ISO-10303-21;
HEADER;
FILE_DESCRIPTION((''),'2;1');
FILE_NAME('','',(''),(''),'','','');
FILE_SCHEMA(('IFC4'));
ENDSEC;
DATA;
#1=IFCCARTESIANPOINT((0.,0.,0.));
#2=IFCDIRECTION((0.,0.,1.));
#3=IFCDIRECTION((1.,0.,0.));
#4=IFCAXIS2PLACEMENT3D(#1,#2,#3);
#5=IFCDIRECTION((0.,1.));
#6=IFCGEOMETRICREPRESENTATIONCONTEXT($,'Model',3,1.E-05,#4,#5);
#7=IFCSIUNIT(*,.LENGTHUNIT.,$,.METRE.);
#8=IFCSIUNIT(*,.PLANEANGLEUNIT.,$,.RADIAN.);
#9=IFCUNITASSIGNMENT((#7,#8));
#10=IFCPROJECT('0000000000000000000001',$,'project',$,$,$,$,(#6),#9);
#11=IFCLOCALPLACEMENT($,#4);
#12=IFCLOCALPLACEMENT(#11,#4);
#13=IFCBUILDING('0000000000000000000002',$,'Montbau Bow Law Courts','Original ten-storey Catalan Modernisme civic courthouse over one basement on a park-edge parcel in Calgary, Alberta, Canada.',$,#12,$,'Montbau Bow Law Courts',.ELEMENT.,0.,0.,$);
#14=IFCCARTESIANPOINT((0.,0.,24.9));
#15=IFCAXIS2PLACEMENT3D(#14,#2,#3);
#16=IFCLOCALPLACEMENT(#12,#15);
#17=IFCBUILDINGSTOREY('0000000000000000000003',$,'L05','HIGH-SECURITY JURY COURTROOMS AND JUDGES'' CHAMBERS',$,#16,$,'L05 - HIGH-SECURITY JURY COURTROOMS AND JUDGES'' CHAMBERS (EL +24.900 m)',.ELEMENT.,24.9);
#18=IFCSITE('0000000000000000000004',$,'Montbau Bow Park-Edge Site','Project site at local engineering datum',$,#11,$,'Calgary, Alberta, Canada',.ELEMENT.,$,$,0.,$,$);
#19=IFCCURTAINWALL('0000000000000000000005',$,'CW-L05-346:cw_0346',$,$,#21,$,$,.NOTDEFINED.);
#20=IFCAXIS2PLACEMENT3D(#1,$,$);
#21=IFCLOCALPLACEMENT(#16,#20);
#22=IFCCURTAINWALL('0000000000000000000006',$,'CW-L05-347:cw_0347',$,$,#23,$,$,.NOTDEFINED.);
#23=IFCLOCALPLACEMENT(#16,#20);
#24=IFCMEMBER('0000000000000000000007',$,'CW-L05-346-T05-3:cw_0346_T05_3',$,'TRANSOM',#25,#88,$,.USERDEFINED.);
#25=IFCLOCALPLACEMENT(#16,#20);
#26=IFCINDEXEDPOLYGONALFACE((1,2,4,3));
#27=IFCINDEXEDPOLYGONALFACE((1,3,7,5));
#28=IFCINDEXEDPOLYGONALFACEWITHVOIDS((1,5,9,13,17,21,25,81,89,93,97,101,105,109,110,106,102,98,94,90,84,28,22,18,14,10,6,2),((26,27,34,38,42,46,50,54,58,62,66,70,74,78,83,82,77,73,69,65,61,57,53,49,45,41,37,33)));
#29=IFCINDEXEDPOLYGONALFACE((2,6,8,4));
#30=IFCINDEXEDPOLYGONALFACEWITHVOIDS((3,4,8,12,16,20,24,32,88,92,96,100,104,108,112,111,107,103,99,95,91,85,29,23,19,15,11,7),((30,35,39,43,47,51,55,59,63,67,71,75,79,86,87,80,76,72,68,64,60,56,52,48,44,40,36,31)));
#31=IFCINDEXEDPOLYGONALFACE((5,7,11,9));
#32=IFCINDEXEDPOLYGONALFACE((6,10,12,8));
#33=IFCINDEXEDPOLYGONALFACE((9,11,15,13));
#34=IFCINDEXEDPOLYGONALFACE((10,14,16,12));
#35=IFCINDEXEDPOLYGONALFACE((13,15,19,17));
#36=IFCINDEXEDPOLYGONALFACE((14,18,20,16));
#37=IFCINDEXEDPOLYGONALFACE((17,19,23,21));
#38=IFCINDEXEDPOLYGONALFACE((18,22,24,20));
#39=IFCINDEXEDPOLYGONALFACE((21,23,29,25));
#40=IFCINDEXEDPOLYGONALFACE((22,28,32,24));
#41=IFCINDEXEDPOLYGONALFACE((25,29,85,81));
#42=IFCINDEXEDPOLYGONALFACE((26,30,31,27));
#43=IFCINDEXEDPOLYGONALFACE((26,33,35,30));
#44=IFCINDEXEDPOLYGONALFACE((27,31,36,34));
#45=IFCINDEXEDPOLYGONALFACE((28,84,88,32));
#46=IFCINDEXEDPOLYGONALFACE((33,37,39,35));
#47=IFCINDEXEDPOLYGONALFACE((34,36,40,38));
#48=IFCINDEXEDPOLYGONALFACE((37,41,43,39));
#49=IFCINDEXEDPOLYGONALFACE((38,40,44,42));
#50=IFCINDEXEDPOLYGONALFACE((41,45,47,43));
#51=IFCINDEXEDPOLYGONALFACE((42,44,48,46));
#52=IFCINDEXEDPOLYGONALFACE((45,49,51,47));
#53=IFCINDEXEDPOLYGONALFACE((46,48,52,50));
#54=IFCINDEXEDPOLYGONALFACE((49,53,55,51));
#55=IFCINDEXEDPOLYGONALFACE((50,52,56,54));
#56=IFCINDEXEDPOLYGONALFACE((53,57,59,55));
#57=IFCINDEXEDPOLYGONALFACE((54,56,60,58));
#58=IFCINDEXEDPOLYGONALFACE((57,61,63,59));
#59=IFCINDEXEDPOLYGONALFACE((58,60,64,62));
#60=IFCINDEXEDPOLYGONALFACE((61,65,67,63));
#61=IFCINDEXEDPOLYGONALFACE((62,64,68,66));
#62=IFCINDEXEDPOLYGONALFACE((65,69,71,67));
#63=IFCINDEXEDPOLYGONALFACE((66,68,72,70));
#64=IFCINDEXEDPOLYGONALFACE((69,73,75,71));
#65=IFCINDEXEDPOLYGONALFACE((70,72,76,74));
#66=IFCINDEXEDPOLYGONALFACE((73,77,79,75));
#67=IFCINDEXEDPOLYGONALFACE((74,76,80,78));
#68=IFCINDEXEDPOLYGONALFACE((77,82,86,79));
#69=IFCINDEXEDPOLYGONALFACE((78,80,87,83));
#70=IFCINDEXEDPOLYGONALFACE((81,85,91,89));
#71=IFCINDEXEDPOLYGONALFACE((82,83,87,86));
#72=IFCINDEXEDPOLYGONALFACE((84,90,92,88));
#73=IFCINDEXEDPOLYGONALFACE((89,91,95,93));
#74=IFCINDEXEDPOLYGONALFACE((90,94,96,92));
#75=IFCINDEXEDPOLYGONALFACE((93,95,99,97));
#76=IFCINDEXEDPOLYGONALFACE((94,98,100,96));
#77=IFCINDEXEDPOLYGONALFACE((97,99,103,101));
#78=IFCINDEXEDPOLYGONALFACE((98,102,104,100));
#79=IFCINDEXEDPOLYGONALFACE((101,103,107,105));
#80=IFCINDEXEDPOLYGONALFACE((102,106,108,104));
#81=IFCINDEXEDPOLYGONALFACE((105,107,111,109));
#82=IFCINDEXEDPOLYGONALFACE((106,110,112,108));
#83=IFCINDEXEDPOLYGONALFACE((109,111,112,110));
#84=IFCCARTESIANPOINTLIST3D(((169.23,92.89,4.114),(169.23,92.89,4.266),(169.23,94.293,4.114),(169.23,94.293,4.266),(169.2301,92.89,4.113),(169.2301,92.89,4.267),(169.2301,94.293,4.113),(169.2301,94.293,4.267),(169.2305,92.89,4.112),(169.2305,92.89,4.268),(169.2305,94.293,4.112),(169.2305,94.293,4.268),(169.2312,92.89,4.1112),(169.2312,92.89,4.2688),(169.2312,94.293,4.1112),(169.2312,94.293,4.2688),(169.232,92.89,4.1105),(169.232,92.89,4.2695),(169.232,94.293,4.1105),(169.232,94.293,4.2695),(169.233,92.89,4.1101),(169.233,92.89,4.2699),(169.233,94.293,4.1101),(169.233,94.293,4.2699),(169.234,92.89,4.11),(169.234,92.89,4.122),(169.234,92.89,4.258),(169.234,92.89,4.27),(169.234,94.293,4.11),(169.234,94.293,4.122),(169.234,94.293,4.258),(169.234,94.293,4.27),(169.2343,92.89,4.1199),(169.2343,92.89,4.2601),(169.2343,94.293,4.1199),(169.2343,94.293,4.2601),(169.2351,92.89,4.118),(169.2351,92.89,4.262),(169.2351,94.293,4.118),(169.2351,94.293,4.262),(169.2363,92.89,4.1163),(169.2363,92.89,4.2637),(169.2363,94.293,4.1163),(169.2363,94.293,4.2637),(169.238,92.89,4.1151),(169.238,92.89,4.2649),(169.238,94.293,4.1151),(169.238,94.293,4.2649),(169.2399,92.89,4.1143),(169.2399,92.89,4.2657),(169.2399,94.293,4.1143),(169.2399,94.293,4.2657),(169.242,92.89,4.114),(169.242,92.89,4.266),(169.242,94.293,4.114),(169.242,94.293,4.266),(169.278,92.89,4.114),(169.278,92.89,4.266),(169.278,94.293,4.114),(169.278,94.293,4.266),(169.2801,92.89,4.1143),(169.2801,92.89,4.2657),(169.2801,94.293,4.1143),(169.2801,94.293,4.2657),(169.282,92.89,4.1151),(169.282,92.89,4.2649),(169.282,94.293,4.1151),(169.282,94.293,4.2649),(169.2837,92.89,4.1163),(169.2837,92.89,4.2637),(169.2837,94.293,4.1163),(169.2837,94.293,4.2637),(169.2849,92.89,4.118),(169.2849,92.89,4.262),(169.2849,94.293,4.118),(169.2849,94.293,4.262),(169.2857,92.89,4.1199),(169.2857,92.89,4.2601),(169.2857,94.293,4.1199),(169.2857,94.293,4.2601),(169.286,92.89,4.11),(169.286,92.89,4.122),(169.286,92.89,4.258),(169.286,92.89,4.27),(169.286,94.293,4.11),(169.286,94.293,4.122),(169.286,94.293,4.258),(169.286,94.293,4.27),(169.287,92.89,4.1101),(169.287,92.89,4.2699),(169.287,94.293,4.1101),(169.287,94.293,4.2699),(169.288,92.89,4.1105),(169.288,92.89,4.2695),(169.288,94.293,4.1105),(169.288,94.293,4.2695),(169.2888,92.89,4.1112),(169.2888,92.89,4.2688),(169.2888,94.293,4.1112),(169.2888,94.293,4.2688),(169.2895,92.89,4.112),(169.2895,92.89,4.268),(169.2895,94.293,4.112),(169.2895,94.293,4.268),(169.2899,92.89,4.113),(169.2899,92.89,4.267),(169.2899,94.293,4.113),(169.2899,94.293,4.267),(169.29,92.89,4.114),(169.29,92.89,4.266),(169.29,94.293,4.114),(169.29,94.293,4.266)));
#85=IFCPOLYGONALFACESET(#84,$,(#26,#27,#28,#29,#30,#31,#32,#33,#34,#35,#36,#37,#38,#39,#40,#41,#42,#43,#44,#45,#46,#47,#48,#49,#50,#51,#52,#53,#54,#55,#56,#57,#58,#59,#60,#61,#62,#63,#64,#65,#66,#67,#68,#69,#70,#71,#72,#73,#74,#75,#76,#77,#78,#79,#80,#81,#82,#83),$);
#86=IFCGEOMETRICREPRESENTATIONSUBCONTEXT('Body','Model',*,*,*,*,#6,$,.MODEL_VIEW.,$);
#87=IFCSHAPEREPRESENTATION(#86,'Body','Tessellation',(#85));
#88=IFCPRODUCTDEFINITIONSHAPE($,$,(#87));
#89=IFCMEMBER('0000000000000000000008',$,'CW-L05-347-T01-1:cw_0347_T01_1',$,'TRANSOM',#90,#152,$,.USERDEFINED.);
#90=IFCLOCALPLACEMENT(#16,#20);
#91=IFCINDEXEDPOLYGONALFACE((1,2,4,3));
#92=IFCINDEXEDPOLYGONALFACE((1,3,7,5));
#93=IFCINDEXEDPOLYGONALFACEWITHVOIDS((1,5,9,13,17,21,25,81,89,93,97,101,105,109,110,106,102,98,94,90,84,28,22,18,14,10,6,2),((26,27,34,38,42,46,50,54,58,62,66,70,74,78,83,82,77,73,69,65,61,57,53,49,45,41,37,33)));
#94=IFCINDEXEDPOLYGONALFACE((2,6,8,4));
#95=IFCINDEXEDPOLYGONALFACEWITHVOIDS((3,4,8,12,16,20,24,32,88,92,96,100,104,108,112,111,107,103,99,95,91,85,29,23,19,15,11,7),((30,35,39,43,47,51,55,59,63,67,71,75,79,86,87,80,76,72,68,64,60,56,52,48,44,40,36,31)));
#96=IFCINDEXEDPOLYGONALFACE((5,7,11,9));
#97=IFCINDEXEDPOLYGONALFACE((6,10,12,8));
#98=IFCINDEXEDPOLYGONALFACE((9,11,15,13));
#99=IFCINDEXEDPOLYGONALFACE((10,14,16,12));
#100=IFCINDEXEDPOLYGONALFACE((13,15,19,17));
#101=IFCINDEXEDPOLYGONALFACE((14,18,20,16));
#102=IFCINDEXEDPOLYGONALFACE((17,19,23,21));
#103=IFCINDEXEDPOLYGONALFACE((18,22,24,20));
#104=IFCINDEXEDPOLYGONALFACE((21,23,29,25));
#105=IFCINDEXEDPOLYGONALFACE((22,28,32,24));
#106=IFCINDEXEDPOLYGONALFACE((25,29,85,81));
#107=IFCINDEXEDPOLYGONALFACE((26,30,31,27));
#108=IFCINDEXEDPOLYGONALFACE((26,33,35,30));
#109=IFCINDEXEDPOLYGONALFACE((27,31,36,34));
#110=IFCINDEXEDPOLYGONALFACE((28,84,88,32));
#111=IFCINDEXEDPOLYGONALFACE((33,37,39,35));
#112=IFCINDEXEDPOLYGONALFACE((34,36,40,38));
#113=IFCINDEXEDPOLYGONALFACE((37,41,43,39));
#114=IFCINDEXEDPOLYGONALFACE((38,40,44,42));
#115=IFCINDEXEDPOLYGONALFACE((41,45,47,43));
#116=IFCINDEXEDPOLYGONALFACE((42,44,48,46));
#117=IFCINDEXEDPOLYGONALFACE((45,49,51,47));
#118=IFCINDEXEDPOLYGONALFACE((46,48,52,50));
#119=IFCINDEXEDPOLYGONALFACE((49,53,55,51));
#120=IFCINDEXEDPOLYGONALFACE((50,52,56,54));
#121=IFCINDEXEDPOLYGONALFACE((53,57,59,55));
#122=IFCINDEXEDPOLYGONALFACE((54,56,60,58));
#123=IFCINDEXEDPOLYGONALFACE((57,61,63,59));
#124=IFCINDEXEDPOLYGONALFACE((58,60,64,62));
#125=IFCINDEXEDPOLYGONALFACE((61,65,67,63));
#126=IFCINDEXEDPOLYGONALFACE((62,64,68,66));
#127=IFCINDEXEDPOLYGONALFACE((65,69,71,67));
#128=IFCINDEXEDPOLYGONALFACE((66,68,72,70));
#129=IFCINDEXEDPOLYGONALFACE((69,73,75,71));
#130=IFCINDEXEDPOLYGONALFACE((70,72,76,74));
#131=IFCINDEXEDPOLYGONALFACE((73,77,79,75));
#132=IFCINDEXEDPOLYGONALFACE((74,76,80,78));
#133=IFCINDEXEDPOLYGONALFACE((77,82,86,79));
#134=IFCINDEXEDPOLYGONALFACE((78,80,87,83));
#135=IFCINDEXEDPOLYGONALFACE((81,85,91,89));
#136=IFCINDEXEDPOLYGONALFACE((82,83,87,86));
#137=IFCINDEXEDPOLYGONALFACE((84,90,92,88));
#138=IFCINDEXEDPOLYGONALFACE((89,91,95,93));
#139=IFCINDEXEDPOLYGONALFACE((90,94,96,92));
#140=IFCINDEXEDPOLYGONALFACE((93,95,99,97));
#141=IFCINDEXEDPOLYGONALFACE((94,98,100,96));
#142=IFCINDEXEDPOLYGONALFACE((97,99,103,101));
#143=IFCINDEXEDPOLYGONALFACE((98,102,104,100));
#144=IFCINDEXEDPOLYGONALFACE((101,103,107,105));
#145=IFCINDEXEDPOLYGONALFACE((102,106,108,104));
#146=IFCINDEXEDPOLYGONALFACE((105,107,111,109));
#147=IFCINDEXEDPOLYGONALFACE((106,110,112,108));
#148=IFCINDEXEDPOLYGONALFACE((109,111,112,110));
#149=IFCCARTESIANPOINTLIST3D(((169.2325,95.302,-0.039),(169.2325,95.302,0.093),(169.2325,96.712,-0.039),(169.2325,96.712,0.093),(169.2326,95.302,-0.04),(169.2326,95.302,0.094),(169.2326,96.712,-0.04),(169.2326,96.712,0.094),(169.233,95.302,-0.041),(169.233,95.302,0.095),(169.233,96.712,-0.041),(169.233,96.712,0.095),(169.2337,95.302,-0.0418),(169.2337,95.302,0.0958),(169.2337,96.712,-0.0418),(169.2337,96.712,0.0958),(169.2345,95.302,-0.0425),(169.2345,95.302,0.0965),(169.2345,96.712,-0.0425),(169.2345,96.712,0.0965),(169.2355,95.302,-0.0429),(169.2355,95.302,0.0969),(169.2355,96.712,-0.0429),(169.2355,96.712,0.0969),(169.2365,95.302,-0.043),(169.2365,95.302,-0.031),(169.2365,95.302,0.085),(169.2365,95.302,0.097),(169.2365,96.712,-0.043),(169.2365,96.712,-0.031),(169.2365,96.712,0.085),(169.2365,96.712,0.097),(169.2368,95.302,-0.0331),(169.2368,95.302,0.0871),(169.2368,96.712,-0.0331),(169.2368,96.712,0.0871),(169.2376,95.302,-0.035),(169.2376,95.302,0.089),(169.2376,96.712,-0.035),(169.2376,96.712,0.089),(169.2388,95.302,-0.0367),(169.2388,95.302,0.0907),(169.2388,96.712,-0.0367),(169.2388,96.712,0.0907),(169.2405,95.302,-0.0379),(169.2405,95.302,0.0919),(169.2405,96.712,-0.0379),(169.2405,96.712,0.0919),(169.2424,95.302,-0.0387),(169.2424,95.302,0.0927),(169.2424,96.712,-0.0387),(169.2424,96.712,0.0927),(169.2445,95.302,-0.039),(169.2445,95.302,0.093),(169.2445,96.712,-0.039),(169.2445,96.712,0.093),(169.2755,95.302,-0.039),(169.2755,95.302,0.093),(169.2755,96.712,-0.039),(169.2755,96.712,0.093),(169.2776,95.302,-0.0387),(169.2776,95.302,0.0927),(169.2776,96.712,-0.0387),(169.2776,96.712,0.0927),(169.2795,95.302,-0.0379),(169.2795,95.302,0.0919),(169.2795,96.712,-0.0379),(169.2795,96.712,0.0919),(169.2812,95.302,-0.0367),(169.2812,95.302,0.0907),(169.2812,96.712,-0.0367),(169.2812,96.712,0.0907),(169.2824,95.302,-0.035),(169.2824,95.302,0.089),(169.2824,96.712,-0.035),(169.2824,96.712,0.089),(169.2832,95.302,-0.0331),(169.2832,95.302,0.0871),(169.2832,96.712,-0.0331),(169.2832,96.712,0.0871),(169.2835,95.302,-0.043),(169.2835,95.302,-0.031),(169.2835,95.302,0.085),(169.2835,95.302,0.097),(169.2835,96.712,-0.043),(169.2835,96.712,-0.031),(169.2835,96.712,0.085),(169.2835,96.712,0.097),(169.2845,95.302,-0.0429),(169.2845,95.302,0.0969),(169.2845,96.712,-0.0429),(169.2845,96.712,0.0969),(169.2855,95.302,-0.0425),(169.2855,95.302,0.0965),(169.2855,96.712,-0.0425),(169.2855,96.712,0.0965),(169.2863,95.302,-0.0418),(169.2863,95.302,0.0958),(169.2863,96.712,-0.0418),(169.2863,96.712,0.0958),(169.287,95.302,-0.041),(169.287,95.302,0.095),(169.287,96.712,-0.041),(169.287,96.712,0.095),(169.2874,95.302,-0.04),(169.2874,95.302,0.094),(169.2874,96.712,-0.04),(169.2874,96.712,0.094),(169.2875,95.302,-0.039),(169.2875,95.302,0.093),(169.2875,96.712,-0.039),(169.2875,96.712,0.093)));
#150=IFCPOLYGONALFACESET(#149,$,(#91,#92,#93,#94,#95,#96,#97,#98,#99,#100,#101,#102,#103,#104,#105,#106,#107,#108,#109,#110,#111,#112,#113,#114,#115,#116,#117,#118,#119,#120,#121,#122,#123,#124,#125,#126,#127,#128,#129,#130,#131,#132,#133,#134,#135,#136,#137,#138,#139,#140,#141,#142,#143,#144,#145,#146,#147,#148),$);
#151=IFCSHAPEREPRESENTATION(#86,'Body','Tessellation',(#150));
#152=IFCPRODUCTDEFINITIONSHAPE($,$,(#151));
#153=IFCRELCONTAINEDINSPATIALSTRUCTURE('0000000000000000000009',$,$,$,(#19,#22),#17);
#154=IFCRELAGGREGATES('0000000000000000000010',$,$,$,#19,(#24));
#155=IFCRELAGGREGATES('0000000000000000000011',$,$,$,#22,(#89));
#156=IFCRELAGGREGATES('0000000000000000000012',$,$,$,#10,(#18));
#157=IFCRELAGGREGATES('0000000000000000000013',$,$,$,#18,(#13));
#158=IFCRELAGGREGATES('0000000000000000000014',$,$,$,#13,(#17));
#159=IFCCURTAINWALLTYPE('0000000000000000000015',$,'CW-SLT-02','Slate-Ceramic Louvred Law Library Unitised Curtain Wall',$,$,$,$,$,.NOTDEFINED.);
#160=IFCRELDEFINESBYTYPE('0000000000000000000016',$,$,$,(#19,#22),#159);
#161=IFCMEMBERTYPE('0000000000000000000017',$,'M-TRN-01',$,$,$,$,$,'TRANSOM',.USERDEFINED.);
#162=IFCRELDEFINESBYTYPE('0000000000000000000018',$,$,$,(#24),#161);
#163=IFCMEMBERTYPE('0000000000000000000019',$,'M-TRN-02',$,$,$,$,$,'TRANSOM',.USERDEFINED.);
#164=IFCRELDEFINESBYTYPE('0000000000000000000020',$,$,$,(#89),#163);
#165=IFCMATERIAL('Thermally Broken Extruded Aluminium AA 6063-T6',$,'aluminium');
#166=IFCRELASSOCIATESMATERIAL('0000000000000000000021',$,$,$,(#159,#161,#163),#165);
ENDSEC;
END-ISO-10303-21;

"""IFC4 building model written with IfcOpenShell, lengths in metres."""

from ifc_helpers import new_model, si_unit, direction, frame, origin_with_axes, origin_2d_with_axis, place, context, subcontext, project, spatial, hollow_rectangle, extrude, material, material_profile, profile_set, type_object, element, aggregate, save


model = new_model("IFC4")

# Units and contexts
model_context = context("Model", 3, precision=1e-05, world=origin_with_axes(), true_north=direction((0.0, 1.0)))
body_context = subcontext(model_context, "Body", "Model", "MODEL_VIEW")
ifc_project = project(units=[si_unit("LENGTHUNIT", "METRE"), si_unit("PLANEANGLEUNIT", "RADIAN")], contexts=[model_context])

# Site, building, storey
site_placement = place(None, origin_with_axes())
site = spatial("IfcSite", under=ifc_project, at=site_placement, Name="Montbau Bow Park-Edge Site", Description="Project site at local engineering datum", LongName="Calgary, Alberta, Canada", CompositionType="ELEMENT", RefElevation=0.0)
building_placement = place(site_placement, origin_with_axes())
building = spatial("IfcBuilding", under=site, at=building_placement, Name="Montbau Bow Law Courts", Description="Original ten-storey Catalan Modernisme civic courthouse over one basement on a park-edge parcel in Calgary, Alberta, Canada.", LongName="Montbau Bow Law Courts", CompositionType="ELEMENT", ElevationOfRefHeight=0.0, ElevationOfTerrain=0.0)
storey_placement = place(building_placement, frame((0.0, 0.0, 24.9), z_axis=(0.0, 0.0, 1.0), x_axis=(1.0, 0.0, 0.0)))
storey = spatial("IfcBuildingStorey", under=building, at=storey_placement, Name="L05", Description="HIGH-SECURITY JURY COURTROOMS AND JUDGES' CHAMBERS", LongName="L05 - HIGH-SECURITY JURY COURTROOMS AND JUDGES' CHAMBERS (EL +24.900 m)", CompositionType="ELEMENT", Elevation=24.9)

# Curtain wall
ifc_material_1 = material(Name="Thermally Broken Extruded Aluminium AA 6063-T6", Category="aluminium")
curtain_wall_type = type_object("IfcCurtainWallType", Name="CW-SLT-02", Description="Slate-Ceramic Louvred Law Library Unitised Curtain Wall", PredefinedType="NOTDEFINED", material=ifc_material_1)
curtain_wall_1_placement = place(None, frame((169.26, 86.84, 24.9), z_axis=(0.0, 0.0, 1.0), x_axis=(1.0, 0.0, 0.0)))
curtain_wall_1 = element("IfcCurtainWall", 1, at=curtain_wall_1_placement, inside=storey, type_object=curtain_wall_type, Name="CW-L05-346:cw_0346", PredefinedType="NOTDEFINED")

# Curtain wall
curtain_wall_2_placement = place(None, frame((169.26, 95.24, 24.9), z_axis=(0.0, 0.0, 1.0), x_axis=(1.0, 0.0, 0.0)))
curtain_wall_2 = element("IfcCurtainWall", 2, at=curtain_wall_2_placement, inside=storey, type_object=curtain_wall_type, Name="CW-L05-347:cw_0347", PredefinedType="NOTDEFINED")

# Members
ifc_material_profile_1 = material_profile(ifc_material_1, hollow_rectangle(XDim=0.06, YDim=0.16, WallThickness=0.004, InnerFilletRadius=0.008, OuterFilletRadius=0.004, at=origin_2d_with_axis()), Name="CWT-160X60", Category="Main", Priority=0)
ifc_profile_set_1 = profile_set([ifc_material_profile_1], Name="Thermally Broken Extruded Aluminium AA 6063-T6")
member_type_1 = type_object("IfcMemberType", Name="M-TRN-01", ElementType="TRANSOM", PredefinedType="USERDEFINED", material=ifc_profile_set_1)
member_1_placement = place(None, frame((169.26, 92.89, 29.09), z_axis=(0.0, 1.0, 0.0), x_axis=(-1.0, 0.0, 0.0)))
member_1 = element("IfcMember", 3, at=member_1_placement, type_object=member_type_1, Name="CW-L05-346-T05-3:cw_0346_T05_3", ObjectType="TRANSOM", PredefinedType="USERDEFINED", context=body_context, shape_type="SweptSolid", body=[
    extrude(hollow_rectangle(XDim=0.06, YDim=0.16, WallThickness=0.004, InnerFilletRadius=0.008, OuterFilletRadius=0.004, at=origin_2d_with_axis()), origin_with_axes(), (0.0, 0.0, 1.0), 1.403),
])
ifc_material_profile_2 = material_profile(ifc_material_1, hollow_rectangle(XDim=0.055, YDim=0.14, WallThickness=0.004, InnerFilletRadius=0.008, OuterFilletRadius=0.004, at=origin_2d_with_axis()), Name="CWT-140X55", Category="Main", Priority=0)
ifc_profile_set_2 = profile_set([ifc_material_profile_2], Name="Thermally Broken Extruded Aluminium AA 6063-T6")
member_type_2 = type_object("IfcMemberType", Name="M-TRN-02", ElementType="TRANSOM", PredefinedType="USERDEFINED", material=ifc_profile_set_2)
member_2_placement = place(None, frame((169.26, 95.302, 24.927), z_axis=(0.0, 1.0, 0.0), x_axis=(-1.0, 0.0, 0.0)))
member_2 = element("IfcMember", 4, at=member_2_placement, type_object=member_type_2, Name="CW-L05-347-T01-1:cw_0347_T01_1", ObjectType="TRANSOM", PredefinedType="USERDEFINED", context=body_context, shape_type="SweptSolid", body=[
    extrude(hollow_rectangle(XDim=0.055, YDim=0.14, WallThickness=0.004, InnerFilletRadius=0.008, OuterFilletRadius=0.004, at=origin_2d_with_axis()), origin_with_axes(), (0.0, 0.0, 1.0), 1.41),
])

aggregate(curtain_wall_1, [member_1])
aggregate(curtain_wall_2, [member_2])

save(model, "model.ifc")
